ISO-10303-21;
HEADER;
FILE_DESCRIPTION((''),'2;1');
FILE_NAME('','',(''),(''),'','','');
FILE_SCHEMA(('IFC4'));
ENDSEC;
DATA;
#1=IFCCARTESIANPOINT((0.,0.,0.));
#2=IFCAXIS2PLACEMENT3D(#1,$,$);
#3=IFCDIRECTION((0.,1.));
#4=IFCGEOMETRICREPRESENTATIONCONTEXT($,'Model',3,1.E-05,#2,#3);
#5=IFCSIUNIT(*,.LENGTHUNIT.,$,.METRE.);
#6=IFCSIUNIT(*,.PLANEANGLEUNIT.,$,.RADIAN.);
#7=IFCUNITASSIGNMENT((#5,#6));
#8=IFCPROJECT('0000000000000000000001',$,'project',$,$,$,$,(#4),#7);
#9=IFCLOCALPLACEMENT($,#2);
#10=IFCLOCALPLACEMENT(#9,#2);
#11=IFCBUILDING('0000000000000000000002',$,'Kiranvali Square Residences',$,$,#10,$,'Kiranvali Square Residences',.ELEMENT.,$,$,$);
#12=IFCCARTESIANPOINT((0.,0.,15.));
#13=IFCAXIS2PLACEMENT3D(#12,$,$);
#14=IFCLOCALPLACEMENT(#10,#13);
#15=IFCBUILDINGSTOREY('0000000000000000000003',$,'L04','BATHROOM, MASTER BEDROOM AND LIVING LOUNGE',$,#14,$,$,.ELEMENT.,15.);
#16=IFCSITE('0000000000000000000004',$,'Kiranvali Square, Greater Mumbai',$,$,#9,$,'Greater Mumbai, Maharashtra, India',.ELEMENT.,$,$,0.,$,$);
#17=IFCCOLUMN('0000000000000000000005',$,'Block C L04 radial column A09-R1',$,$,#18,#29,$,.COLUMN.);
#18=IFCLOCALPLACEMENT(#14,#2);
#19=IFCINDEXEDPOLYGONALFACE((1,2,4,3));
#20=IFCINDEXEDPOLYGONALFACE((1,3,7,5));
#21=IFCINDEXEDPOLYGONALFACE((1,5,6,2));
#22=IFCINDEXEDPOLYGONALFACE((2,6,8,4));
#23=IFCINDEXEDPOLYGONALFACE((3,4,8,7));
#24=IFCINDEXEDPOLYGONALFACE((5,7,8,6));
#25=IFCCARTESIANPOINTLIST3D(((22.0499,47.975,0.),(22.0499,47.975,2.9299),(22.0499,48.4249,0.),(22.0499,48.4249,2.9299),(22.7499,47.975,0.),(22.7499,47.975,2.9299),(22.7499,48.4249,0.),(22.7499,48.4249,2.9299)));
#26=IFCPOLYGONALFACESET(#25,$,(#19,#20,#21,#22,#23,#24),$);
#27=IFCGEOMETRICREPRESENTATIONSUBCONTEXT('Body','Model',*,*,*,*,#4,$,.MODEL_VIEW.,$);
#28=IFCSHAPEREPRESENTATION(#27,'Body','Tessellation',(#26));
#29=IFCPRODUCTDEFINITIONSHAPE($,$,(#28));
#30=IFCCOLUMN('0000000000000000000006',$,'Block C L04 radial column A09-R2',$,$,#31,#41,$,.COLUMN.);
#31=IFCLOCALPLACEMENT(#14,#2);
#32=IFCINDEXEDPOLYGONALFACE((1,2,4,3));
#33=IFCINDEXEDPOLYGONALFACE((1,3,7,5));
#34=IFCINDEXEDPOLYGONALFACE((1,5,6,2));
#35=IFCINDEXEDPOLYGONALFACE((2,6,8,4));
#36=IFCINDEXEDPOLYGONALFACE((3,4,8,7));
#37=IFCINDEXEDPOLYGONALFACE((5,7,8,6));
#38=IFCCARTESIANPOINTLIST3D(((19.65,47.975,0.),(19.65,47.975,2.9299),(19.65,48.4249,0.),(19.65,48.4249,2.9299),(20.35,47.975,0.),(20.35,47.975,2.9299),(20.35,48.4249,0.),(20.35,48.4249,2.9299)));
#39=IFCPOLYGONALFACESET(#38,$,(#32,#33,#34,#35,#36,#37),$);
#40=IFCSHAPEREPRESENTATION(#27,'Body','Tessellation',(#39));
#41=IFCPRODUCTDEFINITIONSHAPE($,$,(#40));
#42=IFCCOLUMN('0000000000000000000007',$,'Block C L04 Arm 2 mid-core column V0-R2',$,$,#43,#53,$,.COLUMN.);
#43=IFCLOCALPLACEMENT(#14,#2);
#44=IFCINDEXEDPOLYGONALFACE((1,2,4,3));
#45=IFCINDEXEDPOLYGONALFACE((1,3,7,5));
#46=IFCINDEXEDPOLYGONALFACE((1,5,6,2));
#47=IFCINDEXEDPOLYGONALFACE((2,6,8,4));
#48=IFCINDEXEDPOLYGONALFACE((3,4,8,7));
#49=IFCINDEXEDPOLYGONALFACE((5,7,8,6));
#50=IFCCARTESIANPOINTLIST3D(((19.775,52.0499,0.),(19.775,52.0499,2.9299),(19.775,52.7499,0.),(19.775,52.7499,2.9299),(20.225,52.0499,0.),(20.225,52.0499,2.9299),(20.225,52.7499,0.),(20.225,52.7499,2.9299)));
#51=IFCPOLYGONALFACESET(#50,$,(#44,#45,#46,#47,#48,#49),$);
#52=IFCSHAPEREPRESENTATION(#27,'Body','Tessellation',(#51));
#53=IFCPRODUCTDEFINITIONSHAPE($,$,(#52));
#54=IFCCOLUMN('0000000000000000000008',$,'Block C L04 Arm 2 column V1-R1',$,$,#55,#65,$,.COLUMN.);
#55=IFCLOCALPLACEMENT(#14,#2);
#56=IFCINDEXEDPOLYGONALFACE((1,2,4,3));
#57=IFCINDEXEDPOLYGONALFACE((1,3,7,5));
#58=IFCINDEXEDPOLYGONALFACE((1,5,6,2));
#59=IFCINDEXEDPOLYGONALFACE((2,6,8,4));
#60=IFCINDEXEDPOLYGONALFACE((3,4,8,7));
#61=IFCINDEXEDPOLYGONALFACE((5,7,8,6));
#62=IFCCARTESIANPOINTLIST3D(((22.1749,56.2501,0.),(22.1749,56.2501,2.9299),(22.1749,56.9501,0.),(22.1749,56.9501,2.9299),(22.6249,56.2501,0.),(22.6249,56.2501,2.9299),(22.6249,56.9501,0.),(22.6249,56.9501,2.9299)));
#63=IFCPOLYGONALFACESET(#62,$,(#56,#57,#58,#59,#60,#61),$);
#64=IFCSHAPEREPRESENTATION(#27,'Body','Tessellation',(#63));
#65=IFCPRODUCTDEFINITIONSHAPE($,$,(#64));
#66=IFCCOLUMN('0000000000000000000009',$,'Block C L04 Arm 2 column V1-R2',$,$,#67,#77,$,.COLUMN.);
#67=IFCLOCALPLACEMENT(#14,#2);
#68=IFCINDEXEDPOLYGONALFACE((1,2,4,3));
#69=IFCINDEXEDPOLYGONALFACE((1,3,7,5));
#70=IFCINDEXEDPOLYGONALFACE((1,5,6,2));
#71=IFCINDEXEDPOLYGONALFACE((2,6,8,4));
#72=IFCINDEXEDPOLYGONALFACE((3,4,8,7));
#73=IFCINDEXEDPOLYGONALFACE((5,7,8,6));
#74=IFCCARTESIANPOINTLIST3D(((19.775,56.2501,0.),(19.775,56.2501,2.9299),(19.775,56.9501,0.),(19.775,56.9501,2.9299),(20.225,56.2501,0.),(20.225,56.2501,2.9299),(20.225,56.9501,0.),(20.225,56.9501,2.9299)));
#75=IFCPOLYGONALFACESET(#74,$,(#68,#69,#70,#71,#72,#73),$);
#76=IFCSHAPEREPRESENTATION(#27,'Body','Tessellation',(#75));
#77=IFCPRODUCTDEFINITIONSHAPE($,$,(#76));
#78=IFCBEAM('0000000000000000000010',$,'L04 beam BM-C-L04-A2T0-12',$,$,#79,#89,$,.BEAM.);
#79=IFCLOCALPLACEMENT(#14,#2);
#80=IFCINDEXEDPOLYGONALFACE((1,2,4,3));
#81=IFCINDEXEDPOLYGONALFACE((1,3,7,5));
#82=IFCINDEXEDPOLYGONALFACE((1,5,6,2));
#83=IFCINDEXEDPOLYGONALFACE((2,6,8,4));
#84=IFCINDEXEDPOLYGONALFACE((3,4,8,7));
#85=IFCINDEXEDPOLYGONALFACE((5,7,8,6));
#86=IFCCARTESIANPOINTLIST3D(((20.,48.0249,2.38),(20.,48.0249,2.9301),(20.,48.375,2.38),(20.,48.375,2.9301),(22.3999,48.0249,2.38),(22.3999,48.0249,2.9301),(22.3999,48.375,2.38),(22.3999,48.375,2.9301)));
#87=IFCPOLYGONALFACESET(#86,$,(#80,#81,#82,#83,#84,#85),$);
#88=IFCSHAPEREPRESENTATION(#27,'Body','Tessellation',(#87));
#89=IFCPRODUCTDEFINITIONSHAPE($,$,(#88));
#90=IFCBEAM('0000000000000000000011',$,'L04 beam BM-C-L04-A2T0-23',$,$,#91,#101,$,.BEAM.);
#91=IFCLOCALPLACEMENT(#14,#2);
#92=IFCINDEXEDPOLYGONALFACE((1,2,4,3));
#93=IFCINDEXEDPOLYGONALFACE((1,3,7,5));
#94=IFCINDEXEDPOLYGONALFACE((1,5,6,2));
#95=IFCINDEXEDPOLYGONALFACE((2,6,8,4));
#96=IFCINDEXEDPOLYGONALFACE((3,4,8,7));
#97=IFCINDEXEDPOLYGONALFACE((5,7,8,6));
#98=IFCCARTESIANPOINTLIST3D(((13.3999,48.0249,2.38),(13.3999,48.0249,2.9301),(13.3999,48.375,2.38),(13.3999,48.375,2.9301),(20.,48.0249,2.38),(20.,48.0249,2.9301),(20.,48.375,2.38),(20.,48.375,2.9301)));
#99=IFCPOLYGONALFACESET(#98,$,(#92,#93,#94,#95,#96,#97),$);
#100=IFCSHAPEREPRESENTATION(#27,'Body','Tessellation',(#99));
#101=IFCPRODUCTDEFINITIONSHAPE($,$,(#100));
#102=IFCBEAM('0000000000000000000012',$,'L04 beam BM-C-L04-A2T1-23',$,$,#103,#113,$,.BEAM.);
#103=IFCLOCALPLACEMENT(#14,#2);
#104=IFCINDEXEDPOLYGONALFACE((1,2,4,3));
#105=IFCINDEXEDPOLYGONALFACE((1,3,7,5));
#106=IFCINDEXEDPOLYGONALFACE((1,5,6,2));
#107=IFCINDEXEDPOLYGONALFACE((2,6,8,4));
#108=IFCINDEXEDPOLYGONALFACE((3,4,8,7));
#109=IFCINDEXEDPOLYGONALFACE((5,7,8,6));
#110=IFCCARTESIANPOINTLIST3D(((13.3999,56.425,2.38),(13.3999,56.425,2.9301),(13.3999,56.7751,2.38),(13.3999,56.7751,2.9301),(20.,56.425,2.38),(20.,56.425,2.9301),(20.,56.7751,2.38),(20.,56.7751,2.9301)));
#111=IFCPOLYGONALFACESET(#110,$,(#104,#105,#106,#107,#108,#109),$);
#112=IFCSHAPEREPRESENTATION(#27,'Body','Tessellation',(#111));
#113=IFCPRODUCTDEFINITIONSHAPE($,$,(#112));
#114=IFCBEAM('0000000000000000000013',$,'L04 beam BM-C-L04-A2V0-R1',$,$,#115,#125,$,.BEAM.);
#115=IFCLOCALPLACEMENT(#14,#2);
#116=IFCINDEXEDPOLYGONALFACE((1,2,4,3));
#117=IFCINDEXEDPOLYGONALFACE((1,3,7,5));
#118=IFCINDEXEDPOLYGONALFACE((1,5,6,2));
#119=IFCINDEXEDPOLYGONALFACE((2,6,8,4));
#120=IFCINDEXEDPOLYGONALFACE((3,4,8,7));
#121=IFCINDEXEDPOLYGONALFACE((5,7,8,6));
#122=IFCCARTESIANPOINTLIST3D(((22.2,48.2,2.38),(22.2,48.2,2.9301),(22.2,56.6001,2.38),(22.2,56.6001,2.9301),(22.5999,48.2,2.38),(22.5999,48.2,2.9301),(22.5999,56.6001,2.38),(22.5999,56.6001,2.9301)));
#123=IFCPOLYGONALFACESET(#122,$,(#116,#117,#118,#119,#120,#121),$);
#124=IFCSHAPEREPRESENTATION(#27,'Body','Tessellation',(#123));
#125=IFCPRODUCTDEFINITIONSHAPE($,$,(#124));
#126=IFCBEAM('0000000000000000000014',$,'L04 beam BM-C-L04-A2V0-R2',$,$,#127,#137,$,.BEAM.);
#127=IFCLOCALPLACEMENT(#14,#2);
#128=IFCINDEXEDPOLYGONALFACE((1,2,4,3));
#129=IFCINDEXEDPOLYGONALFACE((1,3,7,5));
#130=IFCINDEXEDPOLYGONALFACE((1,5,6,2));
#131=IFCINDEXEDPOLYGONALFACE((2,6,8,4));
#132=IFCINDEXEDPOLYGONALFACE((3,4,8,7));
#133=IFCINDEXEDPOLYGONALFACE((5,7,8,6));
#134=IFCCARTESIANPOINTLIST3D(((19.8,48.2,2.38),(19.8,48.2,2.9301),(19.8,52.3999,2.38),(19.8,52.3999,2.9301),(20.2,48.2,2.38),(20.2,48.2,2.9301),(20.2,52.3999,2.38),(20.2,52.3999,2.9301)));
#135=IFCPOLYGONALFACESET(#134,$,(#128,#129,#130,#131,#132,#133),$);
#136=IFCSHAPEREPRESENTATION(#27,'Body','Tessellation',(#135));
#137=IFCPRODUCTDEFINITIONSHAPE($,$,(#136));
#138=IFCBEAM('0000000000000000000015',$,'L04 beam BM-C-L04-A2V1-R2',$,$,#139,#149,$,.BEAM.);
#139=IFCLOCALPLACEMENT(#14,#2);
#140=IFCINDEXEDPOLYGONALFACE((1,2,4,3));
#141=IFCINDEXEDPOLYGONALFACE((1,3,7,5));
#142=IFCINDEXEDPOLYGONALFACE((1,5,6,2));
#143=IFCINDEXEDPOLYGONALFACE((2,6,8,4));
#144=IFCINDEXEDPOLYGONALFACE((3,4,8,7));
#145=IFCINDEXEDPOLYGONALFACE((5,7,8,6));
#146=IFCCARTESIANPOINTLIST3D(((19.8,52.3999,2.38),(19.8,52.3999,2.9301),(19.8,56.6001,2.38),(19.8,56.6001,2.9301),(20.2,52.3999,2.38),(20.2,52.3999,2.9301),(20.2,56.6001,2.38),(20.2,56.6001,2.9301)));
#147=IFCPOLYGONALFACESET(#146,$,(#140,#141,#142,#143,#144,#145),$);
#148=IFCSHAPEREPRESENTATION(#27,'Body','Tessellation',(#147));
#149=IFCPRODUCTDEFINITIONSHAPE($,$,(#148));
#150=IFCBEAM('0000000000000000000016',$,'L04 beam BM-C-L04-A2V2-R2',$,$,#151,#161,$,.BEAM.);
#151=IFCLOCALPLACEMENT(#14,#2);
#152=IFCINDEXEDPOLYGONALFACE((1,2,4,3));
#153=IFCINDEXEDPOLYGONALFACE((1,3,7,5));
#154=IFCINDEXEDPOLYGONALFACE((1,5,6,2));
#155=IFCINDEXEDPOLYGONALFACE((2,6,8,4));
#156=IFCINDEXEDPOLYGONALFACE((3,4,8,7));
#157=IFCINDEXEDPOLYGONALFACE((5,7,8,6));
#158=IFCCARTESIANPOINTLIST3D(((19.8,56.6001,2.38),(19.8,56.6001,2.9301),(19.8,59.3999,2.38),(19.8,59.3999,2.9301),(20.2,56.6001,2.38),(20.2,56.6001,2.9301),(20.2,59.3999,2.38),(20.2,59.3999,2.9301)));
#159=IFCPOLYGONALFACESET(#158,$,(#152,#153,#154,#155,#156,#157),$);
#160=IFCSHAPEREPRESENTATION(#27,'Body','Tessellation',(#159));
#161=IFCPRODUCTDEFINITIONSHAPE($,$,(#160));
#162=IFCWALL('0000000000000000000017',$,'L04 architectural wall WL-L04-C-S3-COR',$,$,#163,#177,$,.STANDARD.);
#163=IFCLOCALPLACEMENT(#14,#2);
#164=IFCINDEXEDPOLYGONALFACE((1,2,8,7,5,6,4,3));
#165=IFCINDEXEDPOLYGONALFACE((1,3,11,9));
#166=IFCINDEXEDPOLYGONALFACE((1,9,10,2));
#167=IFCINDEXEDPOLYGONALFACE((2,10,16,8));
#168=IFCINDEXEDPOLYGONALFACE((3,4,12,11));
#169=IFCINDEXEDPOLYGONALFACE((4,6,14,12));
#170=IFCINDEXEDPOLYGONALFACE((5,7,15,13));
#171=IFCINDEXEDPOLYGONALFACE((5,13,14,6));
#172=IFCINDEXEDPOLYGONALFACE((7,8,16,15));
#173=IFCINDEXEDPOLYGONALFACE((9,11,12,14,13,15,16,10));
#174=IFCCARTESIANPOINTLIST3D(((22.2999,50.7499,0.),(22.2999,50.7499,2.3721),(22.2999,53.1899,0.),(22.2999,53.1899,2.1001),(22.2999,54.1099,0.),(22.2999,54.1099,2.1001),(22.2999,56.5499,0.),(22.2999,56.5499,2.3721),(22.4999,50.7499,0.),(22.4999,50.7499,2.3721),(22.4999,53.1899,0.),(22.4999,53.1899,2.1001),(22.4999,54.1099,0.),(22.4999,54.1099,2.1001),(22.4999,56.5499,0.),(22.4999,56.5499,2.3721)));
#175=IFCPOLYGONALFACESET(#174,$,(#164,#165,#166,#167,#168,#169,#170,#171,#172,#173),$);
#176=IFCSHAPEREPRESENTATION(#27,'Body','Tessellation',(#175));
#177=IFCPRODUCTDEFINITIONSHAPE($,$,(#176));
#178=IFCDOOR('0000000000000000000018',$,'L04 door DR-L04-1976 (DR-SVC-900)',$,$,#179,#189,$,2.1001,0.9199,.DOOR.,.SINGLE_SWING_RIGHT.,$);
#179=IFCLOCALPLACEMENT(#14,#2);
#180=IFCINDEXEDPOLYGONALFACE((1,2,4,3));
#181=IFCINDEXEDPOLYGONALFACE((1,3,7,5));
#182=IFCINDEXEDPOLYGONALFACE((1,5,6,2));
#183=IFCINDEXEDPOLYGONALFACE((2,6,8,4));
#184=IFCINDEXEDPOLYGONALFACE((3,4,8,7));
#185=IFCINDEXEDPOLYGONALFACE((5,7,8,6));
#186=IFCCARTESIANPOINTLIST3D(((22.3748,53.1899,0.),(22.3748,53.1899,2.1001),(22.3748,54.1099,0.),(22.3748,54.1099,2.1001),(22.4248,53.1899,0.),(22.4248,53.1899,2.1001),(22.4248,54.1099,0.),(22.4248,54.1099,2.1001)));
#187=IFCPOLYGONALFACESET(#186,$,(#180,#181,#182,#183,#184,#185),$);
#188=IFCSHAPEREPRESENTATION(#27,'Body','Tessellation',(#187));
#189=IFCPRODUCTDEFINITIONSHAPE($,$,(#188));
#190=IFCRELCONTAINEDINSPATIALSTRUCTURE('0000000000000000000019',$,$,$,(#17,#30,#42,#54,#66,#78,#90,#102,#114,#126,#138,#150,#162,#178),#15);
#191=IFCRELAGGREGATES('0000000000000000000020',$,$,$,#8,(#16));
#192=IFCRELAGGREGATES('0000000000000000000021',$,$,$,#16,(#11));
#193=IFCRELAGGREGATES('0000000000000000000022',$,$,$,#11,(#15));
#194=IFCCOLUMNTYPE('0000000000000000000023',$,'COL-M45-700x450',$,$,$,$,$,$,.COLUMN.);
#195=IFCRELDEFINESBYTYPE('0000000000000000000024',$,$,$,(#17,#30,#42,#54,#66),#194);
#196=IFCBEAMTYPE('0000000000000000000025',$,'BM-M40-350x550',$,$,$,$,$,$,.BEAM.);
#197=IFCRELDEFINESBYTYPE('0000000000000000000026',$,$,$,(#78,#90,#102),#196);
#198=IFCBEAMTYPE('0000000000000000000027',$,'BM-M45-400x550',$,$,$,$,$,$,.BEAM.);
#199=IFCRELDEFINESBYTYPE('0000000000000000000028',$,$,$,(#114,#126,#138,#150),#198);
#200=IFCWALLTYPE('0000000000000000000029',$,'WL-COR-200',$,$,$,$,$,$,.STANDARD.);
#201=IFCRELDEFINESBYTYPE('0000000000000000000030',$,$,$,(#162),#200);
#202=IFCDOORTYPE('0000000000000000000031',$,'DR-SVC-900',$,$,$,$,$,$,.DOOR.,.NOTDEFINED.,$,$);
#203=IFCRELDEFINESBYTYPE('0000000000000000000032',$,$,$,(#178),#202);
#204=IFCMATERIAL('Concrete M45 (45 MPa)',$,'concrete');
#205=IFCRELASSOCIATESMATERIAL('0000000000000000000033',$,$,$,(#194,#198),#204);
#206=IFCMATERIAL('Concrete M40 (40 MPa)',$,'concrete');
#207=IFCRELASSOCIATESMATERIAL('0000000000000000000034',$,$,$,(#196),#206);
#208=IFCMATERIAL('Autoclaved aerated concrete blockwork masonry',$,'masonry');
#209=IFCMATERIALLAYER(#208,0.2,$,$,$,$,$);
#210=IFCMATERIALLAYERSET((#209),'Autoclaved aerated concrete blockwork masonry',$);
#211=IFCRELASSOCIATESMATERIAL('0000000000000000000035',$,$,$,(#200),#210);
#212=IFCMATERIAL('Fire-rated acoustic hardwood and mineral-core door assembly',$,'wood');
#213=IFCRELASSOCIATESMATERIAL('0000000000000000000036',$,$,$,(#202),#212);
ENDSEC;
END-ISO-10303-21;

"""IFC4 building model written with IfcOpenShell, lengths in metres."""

from ifc_helpers import new_model, si_unit, direction, frame, frame_2d, origin, origin_2d, place, context, subcontext, project, spatial, rectangle, extrude, material, layer, layer_set, material_profile, profile_set, type_object, element, fill, save


model = new_model("IFC4")

# Units and contexts
model_context = context("Model", 3, precision=1e-05, world=origin(), true_north=direction((0.0, 1.0)))
body_context = subcontext(model_context, "Body", "Model", "MODEL_VIEW")
ifc_project = project(units=[si_unit("LENGTHUNIT", "METRE"), si_unit("PLANEANGLEUNIT", "RADIAN")], contexts=[model_context])

# Site, building, storey
site_placement = place(None, origin())
site = spatial("IfcSite", under=ifc_project, at=site_placement, Name="Kiranvali Square, Greater Mumbai", LongName="Greater Mumbai, Maharashtra, India", CompositionType="ELEMENT", RefElevation=0.0)
building_placement = place(site_placement, origin())
building = spatial("IfcBuilding", under=site, at=building_placement, Name="Kiranvali Square Residences", LongName="Kiranvali Square Residences", CompositionType="ELEMENT")
storey_placement = place(building_placement, frame((0.0, 0.0, 15.0)))
storey = spatial("IfcBuildingStorey", under=building, at=storey_placement, Name="L04", Description="BATHROOM, MASTER BEDROOM AND LIVING LOUNGE", CompositionType="ELEMENT", Elevation=15.0)

# Columns
ifc_material_1 = material(Name="Concrete M45 (45 MPa)", Category="concrete")
ifc_material_profile_1 = material_profile(ifc_material_1, rectangle(XDim=0.45, YDim=0.7, at=origin_2d()), Name="RC 700x450")
ifc_profile_set_1 = profile_set([ifc_material_profile_1], Name="Concrete M45 (45 MPa)")
column_type = type_object("IfcColumnType", Name="COL-M45-700x450", PredefinedType="COLUMN", material=ifc_profile_set_1)
for number, where, z_axis, x_axis, name in (
    (1, (22.3999, 48.2, 0.0), (0.0, 0.0, 1.0), (0.0, 1.0, 0.0), "Block C L04 radial column A09-R1"),
    (2, (20.0, 48.2, 0.0), (0.0, 0.0, 1.0), (0.0, 1.0, 0.0), "Block C L04 radial column A09-R2"),
    (3, (20.0, 52.3999, 0.0), (0.0, 0.0, 1.0), (1.0, 0.0, 0.0), "Block C L04 Arm 2 mid-core column V0-R2"),
    (4, (22.3999, 56.6001, 0.0), (0.0, 0.0, 1.0), (1.0, 0.0, 0.0), "Block C L04 Arm 2 column V1-R1"),
    (5, (20.0, 56.6001, 0.0), (0.0, 0.0, 1.0), (1.0, 0.0, 0.0), "Block C L04 Arm 2 column V1-R2"),
):
    element("IfcColumn", number, at=place(storey_placement, frame(where, z_axis=z_axis, x_axis=x_axis)), inside=storey, type_object=column_type, Name=name, PredefinedType="COLUMN", context=body_context, shape_type="SweptSolid", body=[
        extrude(rectangle(XDim=0.45, YDim=0.7, at=origin_2d()), origin(), (0.0, 0.0, 1.0), 2.9299),
    ])

# Beams
ifc_material_2 = material(Name="Concrete M40 (40 MPa)", Category="concrete")
ifc_material_profile_2 = material_profile(ifc_material_2, rectangle(XDim=0.3501, YDim=0.55, at=origin_2d()), Name="RC 350x550")
ifc_profile_set_2 = profile_set([ifc_material_profile_2], Name="Concrete M40 (40 MPa)")
beam_type_1 = type_object("IfcBeamType", Name="BM-M40-350x550", PredefinedType="BEAM", material=ifc_profile_set_2)
beam_1_placement = place(storey_placement, frame((22.3999, 48.2, 2.655), z_axis=(-1.0, 0.0, 0.0), x_axis=(0.0, -1.0, 0.0)))
element("IfcBeam", 6, at=beam_1_placement, inside=storey, type_object=beam_type_1, Name="L04 beam BM-C-L04-A2T0-12", PredefinedType="BEAM", context=body_context, shape_type="SweptSolid", body=[
    extrude(rectangle(XDim=0.3501, YDim=0.55, at=origin_2d()), origin(), (0.0, 0.0, 1.0), 2.3999),
])
for number, where, z_axis, x_axis, name in (
    (7, (20.0, 48.2, 2.655), (-1.0, 0.0, 0.0), (0.0, -1.0, 0.0), "L04 beam BM-C-L04-A2T0-23"),
    (8, (20.0, 56.6001, 2.655), (-1.0, 0.0, 0.0), (0.0, -1.0, 0.0), "L04 beam BM-C-L04-A2T1-23"),
):
    element("IfcBeam", number, at=place(storey_placement, frame(where, z_axis=z_axis, x_axis=x_axis)), inside=storey, type_object=beam_type_1, Name=name, PredefinedType="BEAM", context=body_context, shape_type="SweptSolid", body=[
        extrude(rectangle(XDim=0.3501, YDim=0.55, at=origin_2d()), origin(), (0.0, 0.0, 1.0), 6.6001),
    ])
ifc_material_profile_3 = material_profile(ifc_material_1, rectangle(XDim=0.3999, YDim=0.55, at=origin_2d()), Name="RC 400x550")
ifc_profile_set_3 = profile_set([ifc_material_profile_3], Name="Concrete M45 (45 MPa)")
beam_type_2 = type_object("IfcBeamType", Name="BM-M45-400x550", PredefinedType="BEAM", material=ifc_profile_set_3)
beam_2_placement = place(storey_placement, frame((22.3999, 48.2, 2.655), z_axis=(0.0, 1.0, 0.0), x_axis=(-1.0, 0.0, 0.0)))
element("IfcBeam", 9, at=beam_2_placement, inside=storey, type_object=beam_type_2, Name="L04 beam BM-C-L04-A2V0-R1", PredefinedType="BEAM", context=body_context, shape_type="SweptSolid", body=[
    extrude(rectangle(XDim=0.3999, YDim=0.55, at=origin_2d()), origin(), (0.0, 0.0, 1.0), 8.4001),
])
beam_3_placement = place(storey_placement, frame((20.0, 48.2, 2.655), z_axis=(0.0, 1.0, 0.0), x_axis=(-1.0, 0.0, 0.0)))
element("IfcBeam", 10, at=beam_3_placement, inside=storey, type_object=beam_type_2, Name="L04 beam BM-C-L04-A2V0-R2", PredefinedType="BEAM", context=body_context, shape_type="SweptSolid", body=[
    extrude(rectangle(XDim=0.3999, YDim=0.55, at=origin_2d()), origin(), (0.0, 0.0, 1.0), 4.2),
])
beam_4_placement = place(storey_placement, frame((20.0, 52.3999, 2.655), z_axis=(0.0, 1.0, 0.0), x_axis=(-1.0, 0.0, 0.0)))
element("IfcBeam", 11, at=beam_4_placement, inside=storey, type_object=beam_type_2, Name="L04 beam BM-C-L04-A2V1-R2", PredefinedType="BEAM", context=body_context, shape_type="SweptSolid", body=[
    extrude(rectangle(XDim=0.3999, YDim=0.55, at=origin_2d()), origin(), (0.0, 0.0, 1.0), 4.2002),
])
beam_5_placement = place(storey_placement, frame((20.0, 56.6001, 2.655), z_axis=(0.0, 1.0, 0.0), x_axis=(-1.0, 0.0, 0.0)))
element("IfcBeam", 12, at=beam_5_placement, inside=storey, type_object=beam_type_2, Name="L04 beam BM-C-L04-A2V2-R2", PredefinedType="BEAM", context=body_context, shape_type="SweptSolid", body=[
    extrude(rectangle(XDim=0.3999, YDim=0.55, at=origin_2d()), origin(), (0.0, 0.0, 1.0), 2.7998),
])

# Wall, opening, door
ifc_material_3 = material(Name="Autoclaved aerated concrete blockwork masonry", Category="masonry")
ifc_layer_1 = layer(ifc_material_3, 0.2)
ifc_layer_set_1 = layer_set([ifc_layer_1], Name="Autoclaved aerated concrete blockwork masonry")
wall_type_1 = type_object("IfcWallType", Name="WL-COR-200", PredefinedType="STANDARD", material=ifc_layer_set_1)
wall_1_placement = place(storey_placement, frame((22.3999, 50.75, 0.0), z_axis=(0.0, 0.0, 1.0), x_axis=(0.0, 1.0, 0.0)))
wall_1 = element("IfcWall", 13, at=wall_1_placement, inside=storey, type_object=wall_type_1, Name="L04 architectural wall WL-L04-C-S3-COR", PredefinedType="STANDARD", context=body_context, shape_type="SweptSolid", body=[
    extrude(rectangle(XDim=5.8, YDim=0.2, at=frame_2d((2.8999, 0.0))), origin(), (0.0, 0.0, 1.0), 2.3721),
])
opening_1_placement = place(wall_1_placement, frame((2.4399, 0.0, 0.0)))
opening_1 = element("IfcOpeningElement", 14, at=opening_1_placement, cuts=wall_1, PredefinedType="OPENING", context=body_context, shape_type="SweptSolid", body=[
    extrude(rectangle(XDim=0.9199, YDim=2.1001, at=frame_2d((0.46, 1.05))), frame((0.0, 0.1099, 0.0), z_axis=(0.0, -1.0, 0.0), x_axis=(1.0, 0.0, 0.0)), (0.0, 0.0, 1.0), 0.22),
])
ifc_material_4 = material(Name="Fire-rated acoustic hardwood and mineral-core door assembly", Category="wood")
door_type_1 = type_object("IfcDoorType", Name="DR-SVC-900", OperationType="NOTDEFINED", PredefinedType="DOOR", material=ifc_material_4)
door_1_placement = place(opening_1_placement, frame((0.9199, 0.0, 0.0), z_axis=(0.0, 0.0, 1.0), x_axis=(-1.0, 0.0, 0.0)))
door_1 = element("IfcDoor", 15, at=door_1_placement, inside=storey, type_object=door_type_1, Name="L04 door DR-L04-1976 (DR-SVC-900)", OperationType="SINGLE_SWING_RIGHT", OverallHeight=2.1001, OverallWidth=0.9199, PredefinedType="DOOR", context=body_context, shape_type="SweptSolid", body=[
    extrude(rectangle(XDim=0.9199, YDim=2.1001, at=frame_2d((0.46, 1.05))), frame((0.0, 0.0249, 0.0), z_axis=(0.0, -1.0, 0.0), x_axis=(1.0, 0.0, 0.0)), (0.0, 0.0, 1.0), 0.05),
])
fill(opening_1, door_1)

save(model, "model.ifc")
